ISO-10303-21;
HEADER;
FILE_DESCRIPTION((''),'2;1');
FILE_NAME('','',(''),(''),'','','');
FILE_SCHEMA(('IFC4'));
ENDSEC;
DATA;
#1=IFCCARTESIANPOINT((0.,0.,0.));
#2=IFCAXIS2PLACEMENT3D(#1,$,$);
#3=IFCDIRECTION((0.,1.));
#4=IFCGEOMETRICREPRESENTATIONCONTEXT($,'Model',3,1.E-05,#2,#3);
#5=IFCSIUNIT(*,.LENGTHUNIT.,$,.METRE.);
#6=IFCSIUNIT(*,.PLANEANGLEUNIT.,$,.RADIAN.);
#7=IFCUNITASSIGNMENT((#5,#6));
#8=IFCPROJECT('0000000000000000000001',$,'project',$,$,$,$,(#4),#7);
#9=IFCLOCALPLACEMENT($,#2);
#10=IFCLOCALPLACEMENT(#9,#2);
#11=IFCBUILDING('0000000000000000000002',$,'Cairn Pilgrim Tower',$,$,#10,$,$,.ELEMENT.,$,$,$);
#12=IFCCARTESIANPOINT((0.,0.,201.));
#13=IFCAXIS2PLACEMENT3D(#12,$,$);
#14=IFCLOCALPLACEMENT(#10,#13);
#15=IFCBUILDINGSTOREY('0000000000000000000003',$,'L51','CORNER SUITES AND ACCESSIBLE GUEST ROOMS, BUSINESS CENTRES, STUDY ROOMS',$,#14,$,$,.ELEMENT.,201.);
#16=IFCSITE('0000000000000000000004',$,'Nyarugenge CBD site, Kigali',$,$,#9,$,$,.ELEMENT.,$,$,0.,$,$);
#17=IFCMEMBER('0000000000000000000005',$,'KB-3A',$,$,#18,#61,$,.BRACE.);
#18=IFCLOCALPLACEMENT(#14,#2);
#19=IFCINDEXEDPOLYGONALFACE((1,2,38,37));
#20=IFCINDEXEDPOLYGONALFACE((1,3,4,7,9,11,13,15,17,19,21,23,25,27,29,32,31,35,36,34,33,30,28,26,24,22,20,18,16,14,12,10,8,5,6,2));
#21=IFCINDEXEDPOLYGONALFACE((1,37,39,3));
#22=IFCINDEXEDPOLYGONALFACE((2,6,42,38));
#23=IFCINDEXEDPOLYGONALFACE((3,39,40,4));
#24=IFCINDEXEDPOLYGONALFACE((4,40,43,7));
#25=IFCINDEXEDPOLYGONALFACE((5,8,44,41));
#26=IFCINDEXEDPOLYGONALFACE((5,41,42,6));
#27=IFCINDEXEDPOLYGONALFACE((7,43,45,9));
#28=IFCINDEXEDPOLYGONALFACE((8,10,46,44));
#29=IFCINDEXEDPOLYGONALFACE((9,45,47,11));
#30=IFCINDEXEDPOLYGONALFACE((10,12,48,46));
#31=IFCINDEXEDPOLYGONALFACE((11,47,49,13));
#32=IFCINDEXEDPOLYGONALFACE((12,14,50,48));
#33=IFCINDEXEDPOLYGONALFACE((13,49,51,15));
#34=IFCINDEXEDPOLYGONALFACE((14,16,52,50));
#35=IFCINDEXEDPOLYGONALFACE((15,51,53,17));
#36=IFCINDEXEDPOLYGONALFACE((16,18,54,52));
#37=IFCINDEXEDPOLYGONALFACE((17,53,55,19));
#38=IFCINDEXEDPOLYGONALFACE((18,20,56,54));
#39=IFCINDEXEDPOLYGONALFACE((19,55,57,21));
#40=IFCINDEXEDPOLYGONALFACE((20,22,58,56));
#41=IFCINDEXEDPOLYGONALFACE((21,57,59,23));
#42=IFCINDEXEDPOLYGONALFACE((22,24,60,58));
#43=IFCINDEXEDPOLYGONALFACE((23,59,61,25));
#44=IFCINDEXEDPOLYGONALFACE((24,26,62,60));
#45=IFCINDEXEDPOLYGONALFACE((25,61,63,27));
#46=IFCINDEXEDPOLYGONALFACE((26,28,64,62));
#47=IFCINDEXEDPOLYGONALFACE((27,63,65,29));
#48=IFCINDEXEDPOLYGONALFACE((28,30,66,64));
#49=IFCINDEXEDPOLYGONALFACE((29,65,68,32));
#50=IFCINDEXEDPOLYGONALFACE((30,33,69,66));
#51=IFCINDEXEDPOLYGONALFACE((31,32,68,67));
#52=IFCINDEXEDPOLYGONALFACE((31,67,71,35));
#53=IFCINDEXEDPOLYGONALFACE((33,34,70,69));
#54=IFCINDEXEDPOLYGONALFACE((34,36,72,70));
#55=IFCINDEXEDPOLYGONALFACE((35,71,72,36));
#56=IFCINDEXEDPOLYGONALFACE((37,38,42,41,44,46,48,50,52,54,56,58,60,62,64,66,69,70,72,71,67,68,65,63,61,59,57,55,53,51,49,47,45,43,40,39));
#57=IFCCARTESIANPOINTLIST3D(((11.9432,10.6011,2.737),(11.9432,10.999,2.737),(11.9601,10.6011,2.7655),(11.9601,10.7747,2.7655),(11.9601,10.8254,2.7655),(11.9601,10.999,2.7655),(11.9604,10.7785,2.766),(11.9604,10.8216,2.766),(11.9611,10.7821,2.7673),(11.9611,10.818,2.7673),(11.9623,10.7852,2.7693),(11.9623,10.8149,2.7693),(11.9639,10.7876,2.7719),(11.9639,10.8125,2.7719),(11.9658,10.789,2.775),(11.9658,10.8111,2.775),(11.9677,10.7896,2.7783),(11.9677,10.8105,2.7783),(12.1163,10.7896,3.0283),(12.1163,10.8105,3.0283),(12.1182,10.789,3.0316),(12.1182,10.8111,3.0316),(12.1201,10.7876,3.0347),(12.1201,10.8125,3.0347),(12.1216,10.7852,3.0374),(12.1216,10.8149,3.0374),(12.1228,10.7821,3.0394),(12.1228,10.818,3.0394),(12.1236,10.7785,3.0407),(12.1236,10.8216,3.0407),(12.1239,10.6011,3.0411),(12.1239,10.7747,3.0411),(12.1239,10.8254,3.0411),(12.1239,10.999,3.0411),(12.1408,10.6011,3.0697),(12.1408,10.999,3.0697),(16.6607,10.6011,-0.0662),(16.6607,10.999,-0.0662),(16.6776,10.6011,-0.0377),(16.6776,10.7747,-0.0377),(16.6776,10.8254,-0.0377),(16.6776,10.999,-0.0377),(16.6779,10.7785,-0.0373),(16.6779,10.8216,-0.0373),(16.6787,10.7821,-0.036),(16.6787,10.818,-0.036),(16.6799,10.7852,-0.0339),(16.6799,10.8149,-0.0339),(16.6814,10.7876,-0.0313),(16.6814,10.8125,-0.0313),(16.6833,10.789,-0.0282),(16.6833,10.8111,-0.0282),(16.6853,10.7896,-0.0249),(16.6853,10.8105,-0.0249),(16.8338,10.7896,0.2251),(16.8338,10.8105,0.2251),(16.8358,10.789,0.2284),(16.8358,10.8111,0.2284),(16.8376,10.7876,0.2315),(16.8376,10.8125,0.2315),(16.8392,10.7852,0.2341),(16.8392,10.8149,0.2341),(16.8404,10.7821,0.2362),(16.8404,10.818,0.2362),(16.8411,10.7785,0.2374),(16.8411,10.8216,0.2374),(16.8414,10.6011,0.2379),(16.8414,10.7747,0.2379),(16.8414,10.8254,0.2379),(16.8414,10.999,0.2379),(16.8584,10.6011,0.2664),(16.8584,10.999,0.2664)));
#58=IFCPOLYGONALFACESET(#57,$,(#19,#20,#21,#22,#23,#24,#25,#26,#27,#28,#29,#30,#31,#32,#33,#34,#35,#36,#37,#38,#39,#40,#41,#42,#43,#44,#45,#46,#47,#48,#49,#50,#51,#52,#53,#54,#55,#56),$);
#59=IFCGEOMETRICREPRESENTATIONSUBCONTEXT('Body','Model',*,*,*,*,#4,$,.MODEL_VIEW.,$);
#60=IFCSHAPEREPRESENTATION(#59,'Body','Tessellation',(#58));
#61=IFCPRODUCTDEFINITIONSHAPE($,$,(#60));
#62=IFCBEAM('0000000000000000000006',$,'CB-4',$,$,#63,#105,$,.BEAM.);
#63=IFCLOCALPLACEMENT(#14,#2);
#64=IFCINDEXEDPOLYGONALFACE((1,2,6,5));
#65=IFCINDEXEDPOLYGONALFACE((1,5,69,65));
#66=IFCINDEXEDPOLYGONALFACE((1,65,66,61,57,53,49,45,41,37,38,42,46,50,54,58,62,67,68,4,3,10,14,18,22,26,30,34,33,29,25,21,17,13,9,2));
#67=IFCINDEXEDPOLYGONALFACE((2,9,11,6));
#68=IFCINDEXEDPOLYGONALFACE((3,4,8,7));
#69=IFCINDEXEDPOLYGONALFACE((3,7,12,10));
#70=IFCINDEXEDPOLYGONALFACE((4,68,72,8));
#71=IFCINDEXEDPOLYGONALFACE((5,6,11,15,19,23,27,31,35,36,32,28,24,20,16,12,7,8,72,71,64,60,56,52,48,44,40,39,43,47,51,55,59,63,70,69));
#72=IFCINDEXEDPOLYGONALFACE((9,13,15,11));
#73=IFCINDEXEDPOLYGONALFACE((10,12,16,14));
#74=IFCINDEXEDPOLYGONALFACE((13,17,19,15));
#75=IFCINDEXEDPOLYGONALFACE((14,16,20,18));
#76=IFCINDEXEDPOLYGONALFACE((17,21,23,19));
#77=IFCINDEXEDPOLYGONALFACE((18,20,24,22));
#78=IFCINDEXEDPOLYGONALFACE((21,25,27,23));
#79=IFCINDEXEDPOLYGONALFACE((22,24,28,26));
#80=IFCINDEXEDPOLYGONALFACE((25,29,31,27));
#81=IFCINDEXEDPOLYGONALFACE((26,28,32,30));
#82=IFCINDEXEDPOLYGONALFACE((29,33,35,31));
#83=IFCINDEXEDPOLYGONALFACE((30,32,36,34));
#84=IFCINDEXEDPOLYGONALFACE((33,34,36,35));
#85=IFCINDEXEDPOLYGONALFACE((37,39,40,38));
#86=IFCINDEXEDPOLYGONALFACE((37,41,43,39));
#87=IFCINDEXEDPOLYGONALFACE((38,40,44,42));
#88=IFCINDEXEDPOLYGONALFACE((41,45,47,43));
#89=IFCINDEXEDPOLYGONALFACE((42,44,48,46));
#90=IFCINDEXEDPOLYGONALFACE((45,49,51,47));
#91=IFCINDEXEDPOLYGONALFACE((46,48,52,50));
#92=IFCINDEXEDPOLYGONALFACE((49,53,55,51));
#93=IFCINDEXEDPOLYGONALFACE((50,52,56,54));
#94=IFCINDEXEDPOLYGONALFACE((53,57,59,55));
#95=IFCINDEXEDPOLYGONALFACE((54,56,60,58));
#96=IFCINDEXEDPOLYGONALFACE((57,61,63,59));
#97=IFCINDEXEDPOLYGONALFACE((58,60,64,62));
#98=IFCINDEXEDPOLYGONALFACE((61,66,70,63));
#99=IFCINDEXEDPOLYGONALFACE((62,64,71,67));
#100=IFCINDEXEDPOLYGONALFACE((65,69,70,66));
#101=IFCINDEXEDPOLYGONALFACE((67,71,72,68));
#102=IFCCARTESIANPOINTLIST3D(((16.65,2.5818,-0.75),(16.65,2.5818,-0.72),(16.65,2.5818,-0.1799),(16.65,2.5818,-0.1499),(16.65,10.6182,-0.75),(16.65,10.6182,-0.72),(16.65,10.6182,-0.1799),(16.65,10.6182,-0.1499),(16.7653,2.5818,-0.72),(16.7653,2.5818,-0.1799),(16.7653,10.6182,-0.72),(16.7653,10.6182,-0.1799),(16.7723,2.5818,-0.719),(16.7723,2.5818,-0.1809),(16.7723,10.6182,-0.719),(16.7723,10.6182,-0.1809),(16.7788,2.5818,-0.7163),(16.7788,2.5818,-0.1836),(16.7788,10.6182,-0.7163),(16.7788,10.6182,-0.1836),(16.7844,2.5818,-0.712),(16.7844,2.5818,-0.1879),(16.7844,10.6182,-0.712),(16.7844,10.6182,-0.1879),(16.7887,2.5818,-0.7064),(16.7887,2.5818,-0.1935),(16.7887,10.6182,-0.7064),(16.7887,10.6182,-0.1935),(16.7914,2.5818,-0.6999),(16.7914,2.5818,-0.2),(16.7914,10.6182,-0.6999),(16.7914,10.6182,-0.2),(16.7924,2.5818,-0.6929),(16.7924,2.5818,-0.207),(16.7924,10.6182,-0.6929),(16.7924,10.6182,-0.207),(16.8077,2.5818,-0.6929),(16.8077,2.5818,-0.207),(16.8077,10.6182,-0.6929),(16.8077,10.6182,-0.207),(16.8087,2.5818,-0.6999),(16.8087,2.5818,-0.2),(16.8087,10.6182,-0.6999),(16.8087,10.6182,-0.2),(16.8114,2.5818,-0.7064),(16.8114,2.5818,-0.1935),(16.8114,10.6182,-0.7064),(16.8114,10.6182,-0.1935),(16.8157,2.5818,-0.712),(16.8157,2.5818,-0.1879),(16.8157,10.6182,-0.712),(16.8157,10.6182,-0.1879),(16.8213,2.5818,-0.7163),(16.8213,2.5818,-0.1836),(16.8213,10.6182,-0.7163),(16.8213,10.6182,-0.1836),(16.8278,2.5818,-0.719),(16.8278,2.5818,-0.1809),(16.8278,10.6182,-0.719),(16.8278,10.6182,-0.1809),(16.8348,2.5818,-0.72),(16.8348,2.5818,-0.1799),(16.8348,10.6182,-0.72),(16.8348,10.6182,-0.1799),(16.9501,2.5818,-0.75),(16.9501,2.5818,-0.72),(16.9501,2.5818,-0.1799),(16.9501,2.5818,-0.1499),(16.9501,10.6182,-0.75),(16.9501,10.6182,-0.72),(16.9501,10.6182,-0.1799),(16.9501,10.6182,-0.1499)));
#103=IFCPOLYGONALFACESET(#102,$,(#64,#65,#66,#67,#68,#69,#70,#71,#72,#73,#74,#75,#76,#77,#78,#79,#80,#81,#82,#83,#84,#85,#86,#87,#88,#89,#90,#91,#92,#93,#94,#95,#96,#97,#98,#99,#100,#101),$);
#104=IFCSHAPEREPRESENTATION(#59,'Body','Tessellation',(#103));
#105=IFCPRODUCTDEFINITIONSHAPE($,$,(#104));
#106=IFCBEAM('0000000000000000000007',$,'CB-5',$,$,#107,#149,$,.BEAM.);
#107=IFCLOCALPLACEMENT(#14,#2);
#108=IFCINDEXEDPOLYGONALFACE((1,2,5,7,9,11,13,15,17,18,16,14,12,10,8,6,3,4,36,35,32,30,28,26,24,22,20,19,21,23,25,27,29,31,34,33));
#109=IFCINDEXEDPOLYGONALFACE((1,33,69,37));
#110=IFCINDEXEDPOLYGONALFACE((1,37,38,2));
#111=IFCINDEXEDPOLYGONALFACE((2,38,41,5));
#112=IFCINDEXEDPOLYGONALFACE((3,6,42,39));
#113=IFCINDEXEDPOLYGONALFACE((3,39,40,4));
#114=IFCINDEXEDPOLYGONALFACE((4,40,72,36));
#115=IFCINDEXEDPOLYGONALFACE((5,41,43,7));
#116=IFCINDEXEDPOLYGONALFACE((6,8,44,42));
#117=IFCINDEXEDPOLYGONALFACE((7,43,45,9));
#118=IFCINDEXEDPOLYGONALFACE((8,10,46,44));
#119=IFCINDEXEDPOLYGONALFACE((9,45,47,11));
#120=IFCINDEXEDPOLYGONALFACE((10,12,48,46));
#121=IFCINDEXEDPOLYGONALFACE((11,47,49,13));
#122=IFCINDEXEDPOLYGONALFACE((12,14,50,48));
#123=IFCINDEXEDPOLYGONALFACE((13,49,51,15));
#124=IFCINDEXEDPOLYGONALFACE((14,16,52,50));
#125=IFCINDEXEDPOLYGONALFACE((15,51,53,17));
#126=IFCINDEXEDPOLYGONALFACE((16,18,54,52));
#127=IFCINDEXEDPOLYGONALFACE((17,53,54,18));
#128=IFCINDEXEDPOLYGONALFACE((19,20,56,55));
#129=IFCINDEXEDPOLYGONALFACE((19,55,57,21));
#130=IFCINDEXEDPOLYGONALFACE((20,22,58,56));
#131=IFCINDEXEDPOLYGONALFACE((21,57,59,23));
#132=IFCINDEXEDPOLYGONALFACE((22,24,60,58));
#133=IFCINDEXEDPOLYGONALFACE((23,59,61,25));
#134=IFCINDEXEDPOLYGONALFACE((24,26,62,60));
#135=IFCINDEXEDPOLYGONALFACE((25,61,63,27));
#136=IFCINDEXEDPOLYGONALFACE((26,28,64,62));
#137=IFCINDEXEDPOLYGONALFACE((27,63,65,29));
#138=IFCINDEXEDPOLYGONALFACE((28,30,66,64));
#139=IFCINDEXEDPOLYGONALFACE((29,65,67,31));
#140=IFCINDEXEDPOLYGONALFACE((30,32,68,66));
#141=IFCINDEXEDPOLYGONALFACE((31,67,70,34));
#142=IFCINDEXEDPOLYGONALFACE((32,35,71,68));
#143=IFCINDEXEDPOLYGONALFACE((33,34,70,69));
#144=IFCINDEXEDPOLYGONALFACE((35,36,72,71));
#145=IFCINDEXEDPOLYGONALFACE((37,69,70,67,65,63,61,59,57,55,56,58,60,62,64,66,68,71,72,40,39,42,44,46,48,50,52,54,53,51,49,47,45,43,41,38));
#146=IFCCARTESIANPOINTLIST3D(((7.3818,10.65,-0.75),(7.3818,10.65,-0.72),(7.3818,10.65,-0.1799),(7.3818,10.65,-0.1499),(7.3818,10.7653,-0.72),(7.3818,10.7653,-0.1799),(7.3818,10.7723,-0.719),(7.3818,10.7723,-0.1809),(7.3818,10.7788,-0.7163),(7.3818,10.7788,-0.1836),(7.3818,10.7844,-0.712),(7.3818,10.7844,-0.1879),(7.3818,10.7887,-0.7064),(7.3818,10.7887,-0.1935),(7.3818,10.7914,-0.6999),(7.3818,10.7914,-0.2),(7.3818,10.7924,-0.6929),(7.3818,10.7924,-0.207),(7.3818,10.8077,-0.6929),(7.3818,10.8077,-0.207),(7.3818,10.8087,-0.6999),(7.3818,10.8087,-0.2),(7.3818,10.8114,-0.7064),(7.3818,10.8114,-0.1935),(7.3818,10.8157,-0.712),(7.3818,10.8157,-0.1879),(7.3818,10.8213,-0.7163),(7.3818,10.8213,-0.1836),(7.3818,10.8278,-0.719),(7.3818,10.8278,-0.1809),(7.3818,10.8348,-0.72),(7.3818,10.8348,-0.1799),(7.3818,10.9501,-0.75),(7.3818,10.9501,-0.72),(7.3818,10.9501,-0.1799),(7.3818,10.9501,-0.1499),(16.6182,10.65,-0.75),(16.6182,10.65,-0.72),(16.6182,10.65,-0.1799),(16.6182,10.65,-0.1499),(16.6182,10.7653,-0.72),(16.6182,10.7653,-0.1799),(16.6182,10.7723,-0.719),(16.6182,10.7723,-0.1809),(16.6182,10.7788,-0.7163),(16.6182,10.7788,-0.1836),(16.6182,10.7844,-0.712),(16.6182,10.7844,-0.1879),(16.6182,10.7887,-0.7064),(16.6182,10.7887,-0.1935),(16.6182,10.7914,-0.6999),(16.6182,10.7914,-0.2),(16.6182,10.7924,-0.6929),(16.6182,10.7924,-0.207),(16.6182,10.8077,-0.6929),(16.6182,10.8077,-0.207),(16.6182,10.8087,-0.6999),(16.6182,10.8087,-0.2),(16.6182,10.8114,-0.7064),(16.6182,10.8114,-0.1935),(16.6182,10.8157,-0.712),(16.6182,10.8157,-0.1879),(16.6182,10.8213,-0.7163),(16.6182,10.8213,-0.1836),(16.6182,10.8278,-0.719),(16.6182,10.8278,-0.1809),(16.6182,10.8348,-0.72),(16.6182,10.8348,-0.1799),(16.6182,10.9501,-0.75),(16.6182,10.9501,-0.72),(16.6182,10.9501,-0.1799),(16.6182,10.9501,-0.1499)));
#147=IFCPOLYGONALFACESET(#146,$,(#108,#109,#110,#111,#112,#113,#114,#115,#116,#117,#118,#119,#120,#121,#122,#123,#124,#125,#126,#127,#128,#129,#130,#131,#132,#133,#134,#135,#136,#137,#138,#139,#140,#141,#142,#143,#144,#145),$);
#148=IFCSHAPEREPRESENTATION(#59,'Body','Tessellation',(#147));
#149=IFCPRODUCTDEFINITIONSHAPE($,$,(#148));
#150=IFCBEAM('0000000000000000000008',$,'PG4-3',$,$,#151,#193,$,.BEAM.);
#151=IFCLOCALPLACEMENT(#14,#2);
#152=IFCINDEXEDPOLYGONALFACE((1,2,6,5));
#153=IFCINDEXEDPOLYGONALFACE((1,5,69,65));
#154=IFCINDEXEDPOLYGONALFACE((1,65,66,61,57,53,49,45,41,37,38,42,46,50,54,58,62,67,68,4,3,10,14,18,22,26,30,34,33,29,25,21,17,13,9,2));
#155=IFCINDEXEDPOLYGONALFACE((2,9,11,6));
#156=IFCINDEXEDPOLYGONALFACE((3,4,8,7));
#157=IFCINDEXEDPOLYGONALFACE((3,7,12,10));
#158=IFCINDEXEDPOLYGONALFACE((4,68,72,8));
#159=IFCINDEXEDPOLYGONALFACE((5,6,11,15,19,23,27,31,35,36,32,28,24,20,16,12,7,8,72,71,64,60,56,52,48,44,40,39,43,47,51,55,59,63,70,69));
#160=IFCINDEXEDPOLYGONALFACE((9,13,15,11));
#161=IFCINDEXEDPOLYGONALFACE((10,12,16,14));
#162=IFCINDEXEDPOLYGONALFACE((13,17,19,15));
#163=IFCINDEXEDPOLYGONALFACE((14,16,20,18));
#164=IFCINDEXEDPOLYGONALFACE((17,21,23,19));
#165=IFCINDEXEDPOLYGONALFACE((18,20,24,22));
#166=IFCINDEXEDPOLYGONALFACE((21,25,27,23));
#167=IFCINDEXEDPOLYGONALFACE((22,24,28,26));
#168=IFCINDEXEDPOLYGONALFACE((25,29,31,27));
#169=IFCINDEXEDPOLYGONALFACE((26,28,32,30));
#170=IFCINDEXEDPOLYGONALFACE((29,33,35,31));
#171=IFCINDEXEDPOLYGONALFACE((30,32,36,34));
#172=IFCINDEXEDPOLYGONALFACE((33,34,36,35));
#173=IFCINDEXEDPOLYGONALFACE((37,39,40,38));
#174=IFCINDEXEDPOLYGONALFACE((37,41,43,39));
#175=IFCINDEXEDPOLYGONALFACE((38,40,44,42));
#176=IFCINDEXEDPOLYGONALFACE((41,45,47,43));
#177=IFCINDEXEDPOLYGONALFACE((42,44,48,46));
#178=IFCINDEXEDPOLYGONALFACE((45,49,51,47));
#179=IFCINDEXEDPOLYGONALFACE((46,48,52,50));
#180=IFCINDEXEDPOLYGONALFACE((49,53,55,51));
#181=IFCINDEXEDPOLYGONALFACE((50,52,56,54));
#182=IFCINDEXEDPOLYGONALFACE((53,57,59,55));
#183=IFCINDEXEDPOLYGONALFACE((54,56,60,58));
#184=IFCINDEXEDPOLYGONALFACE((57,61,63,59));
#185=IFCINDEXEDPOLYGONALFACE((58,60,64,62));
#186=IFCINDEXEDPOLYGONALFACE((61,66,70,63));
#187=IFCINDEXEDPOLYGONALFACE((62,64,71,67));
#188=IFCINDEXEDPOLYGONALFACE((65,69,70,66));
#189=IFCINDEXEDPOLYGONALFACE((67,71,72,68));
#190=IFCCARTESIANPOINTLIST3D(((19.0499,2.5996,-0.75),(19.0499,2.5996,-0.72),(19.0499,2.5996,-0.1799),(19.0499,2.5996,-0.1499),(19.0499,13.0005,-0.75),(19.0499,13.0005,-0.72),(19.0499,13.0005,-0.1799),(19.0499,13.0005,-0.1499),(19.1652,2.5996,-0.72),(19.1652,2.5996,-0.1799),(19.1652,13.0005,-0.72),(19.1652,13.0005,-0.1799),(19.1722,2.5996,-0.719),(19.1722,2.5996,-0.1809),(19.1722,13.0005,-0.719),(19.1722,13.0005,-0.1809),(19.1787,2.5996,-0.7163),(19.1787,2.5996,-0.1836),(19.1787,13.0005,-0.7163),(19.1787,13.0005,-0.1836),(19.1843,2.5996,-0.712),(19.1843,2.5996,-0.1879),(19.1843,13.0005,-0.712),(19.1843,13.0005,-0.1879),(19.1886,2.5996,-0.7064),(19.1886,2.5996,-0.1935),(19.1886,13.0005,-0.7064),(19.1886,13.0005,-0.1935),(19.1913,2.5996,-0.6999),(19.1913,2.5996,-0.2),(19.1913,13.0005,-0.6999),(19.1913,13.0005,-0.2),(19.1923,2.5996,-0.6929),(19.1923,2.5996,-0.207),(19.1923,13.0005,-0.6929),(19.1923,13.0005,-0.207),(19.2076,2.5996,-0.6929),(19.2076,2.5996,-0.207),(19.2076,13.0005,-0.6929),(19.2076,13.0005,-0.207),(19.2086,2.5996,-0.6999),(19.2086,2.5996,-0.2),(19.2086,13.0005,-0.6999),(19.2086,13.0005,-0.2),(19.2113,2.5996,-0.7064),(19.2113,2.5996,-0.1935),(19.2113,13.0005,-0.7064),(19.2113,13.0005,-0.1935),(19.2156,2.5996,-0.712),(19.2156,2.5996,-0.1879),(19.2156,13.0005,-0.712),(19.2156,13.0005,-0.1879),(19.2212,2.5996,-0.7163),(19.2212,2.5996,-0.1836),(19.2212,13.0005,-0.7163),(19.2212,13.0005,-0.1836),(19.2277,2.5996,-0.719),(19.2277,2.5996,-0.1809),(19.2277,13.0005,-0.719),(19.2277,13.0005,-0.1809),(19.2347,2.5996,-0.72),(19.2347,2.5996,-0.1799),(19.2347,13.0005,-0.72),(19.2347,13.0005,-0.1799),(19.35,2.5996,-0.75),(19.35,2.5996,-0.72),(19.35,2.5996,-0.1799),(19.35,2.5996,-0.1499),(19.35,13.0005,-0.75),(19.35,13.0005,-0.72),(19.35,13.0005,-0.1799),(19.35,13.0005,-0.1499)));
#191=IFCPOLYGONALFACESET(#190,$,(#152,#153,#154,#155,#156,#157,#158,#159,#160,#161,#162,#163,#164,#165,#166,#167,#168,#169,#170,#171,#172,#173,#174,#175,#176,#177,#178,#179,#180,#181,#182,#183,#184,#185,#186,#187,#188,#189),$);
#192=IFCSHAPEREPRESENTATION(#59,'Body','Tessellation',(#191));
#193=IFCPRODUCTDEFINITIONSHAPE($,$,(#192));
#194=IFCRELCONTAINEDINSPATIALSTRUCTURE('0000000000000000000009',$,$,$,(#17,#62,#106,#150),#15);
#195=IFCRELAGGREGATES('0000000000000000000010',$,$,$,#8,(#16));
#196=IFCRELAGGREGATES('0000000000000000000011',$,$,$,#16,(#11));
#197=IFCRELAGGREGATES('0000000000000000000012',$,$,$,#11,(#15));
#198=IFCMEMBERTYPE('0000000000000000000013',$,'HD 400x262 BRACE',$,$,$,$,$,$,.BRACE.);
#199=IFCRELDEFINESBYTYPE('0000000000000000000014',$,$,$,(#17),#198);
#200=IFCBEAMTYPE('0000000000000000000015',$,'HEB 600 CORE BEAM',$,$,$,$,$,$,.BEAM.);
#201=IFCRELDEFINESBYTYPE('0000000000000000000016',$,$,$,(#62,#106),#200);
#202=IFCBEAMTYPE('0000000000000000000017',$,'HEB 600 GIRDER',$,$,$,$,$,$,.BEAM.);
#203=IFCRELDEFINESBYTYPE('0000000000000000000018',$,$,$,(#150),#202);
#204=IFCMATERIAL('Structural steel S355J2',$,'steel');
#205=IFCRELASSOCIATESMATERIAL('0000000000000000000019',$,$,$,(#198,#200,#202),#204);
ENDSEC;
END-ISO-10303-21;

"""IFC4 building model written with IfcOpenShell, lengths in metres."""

from ifc_helpers import new_model, si_unit, direction, frame, origin, origin_2d, place, context, subcontext, project, spatial, i_section, extrude, material, material_profile, profile_set, type_object, element, save


model = new_model("IFC4")

# Units and contexts
model_context = context("Model", 3, precision=1e-05, world=origin(), true_north=direction((0.0, 1.0)))
body_context = subcontext(model_context, "Body", "Model", "MODEL_VIEW")
ifc_project = project(units=[si_unit("LENGTHUNIT", "METRE"), si_unit("PLANEANGLEUNIT", "RADIAN")], contexts=[model_context])

# Site, building, storey
site_placement = place(None, origin())
site = spatial("IfcSite", under=ifc_project, at=site_placement, Name="Nyarugenge CBD site, Kigali", CompositionType="ELEMENT", RefElevation=0.0)
building_placement = place(site_placement, origin())
building = spatial("IfcBuilding", under=site, at=building_placement, Name="Cairn Pilgrim Tower", CompositionType="ELEMENT")
storey_placement = place(building_placement, frame((0.0, 0.0, 201.0)))
storey = spatial("IfcBuildingStorey", under=building, at=storey_placement, Name="L51", Description="CORNER SUITES AND ACCESSIBLE GUEST ROOMS, BUSINESS CENTRES, STUDY ROOMS", CompositionType="ELEMENT", Elevation=201.0)

# Shared definitions
ifc_material_1 = material(Name="Structural steel S355J2", Category="steel")

# Member
ifc_material_profile_1 = material_profile(ifc_material_1, i_section(OverallWidth=0.3979, OverallDepth=0.387, WebThickness=0.021, FlangeThickness=0.0332, FilletRadius=0.0149, at=origin_2d()), Name="HD 400x262")
ifc_profile_set_1 = profile_set([ifc_material_profile_1], Name="Structural steel S355J2")
member_type = type_object("IfcMemberType", Name="HD 400x262 BRACE", PredefinedType="BRACE", material=ifc_profile_set_1)
member_1_placement = place(storey_placement, frame((16.7595, 10.8, 0.1001), z_axis=(-0.85968, 0.0, 0.510834), x_axis=(0.0, -1.0, 0.0)))
element("IfcMember", 1, at=member_1_placement, inside=storey, type_object=member_type, Name="KB-3A", PredefinedType="BRACE", context=body_context, shape_type="SweptSolid", body=[
    extrude(i_section(OverallWidth=0.3979, OverallDepth=0.387, WebThickness=0.021, FlangeThickness=0.0332, FilletRadius=0.0149, at=origin_2d()), origin(), (0.0, 0.0, 1.0), 5.4875),
])

# Beams
ifc_material_profile_2 = material_profile(ifc_material_1, i_section(OverallWidth=0.3, OverallDepth=0.6001, WebThickness=0.0154, FlangeThickness=0.03, FilletRadius=0.0271, at=origin_2d()), Name="HEB 600")
ifc_profile_set_2 = profile_set([ifc_material_profile_2], Name="Structural steel S355J2")
beam_type_1 = type_object("IfcBeamType", Name="HEB 600 CORE BEAM", PredefinedType="BEAM", material=ifc_profile_set_2)
beam_1_placement = place(storey_placement, frame((16.8, 2.5818, -0.45), z_axis=(0.0, 1.0, 0.0), x_axis=(-1.0, 0.0, 0.0)))
element("IfcBeam", 2, at=beam_1_placement, inside=storey, type_object=beam_type_1, Name="CB-4", PredefinedType="BEAM", context=body_context, shape_type="SweptSolid", body=[
    extrude(i_section(OverallWidth=0.3, OverallDepth=0.6001, WebThickness=0.0154, FlangeThickness=0.03, FilletRadius=0.0271, at=origin_2d()), origin(), (0.0, 0.0, 1.0), 8.0364),
])
beam_2_placement = place(storey_placement, frame((16.6182, 10.8, -0.45), z_axis=(-1.0, 0.0, 0.0), x_axis=(0.0, -1.0, 0.0)))
element("IfcBeam", 3, at=beam_2_placement, inside=storey, type_object=beam_type_1, Name="CB-5", PredefinedType="BEAM", context=body_context, shape_type="SweptSolid", body=[
    extrude(i_section(OverallWidth=0.3, OverallDepth=0.6001, WebThickness=0.0154, FlangeThickness=0.03, FilletRadius=0.0271, at=origin_2d()), origin(), (0.0, 0.0, 1.0), 9.2363),
])
ifc_material_profile_3 = material_profile(ifc_material_1, i_section(OverallWidth=0.3, OverallDepth=0.6001, WebThickness=0.0154, FlangeThickness=0.03, FilletRadius=0.0271, at=origin_2d()), Name="HEB 600")
ifc_profile_set_3 = profile_set([ifc_material_profile_3], Name="Structural steel S355J2")
beam_type_2 = type_object("IfcBeamType", Name="HEB 600 GIRDER", PredefinedType="BEAM", material=ifc_profile_set_3)
beam_3_placement = place(storey_placement, frame((19.2, 2.5996, -0.45), z_axis=(0.0, 1.0, 0.0), x_axis=(-1.0, 0.0, 0.0)))
element("IfcBeam", 4, at=beam_3_placement, inside=storey, type_object=beam_type_2, Name="PG4-3", PredefinedType="BEAM", context=body_context, shape_type="SweptSolid", body=[
    extrude(i_section(OverallWidth=0.3, OverallDepth=0.6001, WebThickness=0.0154, FlangeThickness=0.03, FilletRadius=0.0271, at=origin_2d()), origin(), (0.0, 0.0, 1.0), 10.4009),
])

save(model, "model.ifc")
